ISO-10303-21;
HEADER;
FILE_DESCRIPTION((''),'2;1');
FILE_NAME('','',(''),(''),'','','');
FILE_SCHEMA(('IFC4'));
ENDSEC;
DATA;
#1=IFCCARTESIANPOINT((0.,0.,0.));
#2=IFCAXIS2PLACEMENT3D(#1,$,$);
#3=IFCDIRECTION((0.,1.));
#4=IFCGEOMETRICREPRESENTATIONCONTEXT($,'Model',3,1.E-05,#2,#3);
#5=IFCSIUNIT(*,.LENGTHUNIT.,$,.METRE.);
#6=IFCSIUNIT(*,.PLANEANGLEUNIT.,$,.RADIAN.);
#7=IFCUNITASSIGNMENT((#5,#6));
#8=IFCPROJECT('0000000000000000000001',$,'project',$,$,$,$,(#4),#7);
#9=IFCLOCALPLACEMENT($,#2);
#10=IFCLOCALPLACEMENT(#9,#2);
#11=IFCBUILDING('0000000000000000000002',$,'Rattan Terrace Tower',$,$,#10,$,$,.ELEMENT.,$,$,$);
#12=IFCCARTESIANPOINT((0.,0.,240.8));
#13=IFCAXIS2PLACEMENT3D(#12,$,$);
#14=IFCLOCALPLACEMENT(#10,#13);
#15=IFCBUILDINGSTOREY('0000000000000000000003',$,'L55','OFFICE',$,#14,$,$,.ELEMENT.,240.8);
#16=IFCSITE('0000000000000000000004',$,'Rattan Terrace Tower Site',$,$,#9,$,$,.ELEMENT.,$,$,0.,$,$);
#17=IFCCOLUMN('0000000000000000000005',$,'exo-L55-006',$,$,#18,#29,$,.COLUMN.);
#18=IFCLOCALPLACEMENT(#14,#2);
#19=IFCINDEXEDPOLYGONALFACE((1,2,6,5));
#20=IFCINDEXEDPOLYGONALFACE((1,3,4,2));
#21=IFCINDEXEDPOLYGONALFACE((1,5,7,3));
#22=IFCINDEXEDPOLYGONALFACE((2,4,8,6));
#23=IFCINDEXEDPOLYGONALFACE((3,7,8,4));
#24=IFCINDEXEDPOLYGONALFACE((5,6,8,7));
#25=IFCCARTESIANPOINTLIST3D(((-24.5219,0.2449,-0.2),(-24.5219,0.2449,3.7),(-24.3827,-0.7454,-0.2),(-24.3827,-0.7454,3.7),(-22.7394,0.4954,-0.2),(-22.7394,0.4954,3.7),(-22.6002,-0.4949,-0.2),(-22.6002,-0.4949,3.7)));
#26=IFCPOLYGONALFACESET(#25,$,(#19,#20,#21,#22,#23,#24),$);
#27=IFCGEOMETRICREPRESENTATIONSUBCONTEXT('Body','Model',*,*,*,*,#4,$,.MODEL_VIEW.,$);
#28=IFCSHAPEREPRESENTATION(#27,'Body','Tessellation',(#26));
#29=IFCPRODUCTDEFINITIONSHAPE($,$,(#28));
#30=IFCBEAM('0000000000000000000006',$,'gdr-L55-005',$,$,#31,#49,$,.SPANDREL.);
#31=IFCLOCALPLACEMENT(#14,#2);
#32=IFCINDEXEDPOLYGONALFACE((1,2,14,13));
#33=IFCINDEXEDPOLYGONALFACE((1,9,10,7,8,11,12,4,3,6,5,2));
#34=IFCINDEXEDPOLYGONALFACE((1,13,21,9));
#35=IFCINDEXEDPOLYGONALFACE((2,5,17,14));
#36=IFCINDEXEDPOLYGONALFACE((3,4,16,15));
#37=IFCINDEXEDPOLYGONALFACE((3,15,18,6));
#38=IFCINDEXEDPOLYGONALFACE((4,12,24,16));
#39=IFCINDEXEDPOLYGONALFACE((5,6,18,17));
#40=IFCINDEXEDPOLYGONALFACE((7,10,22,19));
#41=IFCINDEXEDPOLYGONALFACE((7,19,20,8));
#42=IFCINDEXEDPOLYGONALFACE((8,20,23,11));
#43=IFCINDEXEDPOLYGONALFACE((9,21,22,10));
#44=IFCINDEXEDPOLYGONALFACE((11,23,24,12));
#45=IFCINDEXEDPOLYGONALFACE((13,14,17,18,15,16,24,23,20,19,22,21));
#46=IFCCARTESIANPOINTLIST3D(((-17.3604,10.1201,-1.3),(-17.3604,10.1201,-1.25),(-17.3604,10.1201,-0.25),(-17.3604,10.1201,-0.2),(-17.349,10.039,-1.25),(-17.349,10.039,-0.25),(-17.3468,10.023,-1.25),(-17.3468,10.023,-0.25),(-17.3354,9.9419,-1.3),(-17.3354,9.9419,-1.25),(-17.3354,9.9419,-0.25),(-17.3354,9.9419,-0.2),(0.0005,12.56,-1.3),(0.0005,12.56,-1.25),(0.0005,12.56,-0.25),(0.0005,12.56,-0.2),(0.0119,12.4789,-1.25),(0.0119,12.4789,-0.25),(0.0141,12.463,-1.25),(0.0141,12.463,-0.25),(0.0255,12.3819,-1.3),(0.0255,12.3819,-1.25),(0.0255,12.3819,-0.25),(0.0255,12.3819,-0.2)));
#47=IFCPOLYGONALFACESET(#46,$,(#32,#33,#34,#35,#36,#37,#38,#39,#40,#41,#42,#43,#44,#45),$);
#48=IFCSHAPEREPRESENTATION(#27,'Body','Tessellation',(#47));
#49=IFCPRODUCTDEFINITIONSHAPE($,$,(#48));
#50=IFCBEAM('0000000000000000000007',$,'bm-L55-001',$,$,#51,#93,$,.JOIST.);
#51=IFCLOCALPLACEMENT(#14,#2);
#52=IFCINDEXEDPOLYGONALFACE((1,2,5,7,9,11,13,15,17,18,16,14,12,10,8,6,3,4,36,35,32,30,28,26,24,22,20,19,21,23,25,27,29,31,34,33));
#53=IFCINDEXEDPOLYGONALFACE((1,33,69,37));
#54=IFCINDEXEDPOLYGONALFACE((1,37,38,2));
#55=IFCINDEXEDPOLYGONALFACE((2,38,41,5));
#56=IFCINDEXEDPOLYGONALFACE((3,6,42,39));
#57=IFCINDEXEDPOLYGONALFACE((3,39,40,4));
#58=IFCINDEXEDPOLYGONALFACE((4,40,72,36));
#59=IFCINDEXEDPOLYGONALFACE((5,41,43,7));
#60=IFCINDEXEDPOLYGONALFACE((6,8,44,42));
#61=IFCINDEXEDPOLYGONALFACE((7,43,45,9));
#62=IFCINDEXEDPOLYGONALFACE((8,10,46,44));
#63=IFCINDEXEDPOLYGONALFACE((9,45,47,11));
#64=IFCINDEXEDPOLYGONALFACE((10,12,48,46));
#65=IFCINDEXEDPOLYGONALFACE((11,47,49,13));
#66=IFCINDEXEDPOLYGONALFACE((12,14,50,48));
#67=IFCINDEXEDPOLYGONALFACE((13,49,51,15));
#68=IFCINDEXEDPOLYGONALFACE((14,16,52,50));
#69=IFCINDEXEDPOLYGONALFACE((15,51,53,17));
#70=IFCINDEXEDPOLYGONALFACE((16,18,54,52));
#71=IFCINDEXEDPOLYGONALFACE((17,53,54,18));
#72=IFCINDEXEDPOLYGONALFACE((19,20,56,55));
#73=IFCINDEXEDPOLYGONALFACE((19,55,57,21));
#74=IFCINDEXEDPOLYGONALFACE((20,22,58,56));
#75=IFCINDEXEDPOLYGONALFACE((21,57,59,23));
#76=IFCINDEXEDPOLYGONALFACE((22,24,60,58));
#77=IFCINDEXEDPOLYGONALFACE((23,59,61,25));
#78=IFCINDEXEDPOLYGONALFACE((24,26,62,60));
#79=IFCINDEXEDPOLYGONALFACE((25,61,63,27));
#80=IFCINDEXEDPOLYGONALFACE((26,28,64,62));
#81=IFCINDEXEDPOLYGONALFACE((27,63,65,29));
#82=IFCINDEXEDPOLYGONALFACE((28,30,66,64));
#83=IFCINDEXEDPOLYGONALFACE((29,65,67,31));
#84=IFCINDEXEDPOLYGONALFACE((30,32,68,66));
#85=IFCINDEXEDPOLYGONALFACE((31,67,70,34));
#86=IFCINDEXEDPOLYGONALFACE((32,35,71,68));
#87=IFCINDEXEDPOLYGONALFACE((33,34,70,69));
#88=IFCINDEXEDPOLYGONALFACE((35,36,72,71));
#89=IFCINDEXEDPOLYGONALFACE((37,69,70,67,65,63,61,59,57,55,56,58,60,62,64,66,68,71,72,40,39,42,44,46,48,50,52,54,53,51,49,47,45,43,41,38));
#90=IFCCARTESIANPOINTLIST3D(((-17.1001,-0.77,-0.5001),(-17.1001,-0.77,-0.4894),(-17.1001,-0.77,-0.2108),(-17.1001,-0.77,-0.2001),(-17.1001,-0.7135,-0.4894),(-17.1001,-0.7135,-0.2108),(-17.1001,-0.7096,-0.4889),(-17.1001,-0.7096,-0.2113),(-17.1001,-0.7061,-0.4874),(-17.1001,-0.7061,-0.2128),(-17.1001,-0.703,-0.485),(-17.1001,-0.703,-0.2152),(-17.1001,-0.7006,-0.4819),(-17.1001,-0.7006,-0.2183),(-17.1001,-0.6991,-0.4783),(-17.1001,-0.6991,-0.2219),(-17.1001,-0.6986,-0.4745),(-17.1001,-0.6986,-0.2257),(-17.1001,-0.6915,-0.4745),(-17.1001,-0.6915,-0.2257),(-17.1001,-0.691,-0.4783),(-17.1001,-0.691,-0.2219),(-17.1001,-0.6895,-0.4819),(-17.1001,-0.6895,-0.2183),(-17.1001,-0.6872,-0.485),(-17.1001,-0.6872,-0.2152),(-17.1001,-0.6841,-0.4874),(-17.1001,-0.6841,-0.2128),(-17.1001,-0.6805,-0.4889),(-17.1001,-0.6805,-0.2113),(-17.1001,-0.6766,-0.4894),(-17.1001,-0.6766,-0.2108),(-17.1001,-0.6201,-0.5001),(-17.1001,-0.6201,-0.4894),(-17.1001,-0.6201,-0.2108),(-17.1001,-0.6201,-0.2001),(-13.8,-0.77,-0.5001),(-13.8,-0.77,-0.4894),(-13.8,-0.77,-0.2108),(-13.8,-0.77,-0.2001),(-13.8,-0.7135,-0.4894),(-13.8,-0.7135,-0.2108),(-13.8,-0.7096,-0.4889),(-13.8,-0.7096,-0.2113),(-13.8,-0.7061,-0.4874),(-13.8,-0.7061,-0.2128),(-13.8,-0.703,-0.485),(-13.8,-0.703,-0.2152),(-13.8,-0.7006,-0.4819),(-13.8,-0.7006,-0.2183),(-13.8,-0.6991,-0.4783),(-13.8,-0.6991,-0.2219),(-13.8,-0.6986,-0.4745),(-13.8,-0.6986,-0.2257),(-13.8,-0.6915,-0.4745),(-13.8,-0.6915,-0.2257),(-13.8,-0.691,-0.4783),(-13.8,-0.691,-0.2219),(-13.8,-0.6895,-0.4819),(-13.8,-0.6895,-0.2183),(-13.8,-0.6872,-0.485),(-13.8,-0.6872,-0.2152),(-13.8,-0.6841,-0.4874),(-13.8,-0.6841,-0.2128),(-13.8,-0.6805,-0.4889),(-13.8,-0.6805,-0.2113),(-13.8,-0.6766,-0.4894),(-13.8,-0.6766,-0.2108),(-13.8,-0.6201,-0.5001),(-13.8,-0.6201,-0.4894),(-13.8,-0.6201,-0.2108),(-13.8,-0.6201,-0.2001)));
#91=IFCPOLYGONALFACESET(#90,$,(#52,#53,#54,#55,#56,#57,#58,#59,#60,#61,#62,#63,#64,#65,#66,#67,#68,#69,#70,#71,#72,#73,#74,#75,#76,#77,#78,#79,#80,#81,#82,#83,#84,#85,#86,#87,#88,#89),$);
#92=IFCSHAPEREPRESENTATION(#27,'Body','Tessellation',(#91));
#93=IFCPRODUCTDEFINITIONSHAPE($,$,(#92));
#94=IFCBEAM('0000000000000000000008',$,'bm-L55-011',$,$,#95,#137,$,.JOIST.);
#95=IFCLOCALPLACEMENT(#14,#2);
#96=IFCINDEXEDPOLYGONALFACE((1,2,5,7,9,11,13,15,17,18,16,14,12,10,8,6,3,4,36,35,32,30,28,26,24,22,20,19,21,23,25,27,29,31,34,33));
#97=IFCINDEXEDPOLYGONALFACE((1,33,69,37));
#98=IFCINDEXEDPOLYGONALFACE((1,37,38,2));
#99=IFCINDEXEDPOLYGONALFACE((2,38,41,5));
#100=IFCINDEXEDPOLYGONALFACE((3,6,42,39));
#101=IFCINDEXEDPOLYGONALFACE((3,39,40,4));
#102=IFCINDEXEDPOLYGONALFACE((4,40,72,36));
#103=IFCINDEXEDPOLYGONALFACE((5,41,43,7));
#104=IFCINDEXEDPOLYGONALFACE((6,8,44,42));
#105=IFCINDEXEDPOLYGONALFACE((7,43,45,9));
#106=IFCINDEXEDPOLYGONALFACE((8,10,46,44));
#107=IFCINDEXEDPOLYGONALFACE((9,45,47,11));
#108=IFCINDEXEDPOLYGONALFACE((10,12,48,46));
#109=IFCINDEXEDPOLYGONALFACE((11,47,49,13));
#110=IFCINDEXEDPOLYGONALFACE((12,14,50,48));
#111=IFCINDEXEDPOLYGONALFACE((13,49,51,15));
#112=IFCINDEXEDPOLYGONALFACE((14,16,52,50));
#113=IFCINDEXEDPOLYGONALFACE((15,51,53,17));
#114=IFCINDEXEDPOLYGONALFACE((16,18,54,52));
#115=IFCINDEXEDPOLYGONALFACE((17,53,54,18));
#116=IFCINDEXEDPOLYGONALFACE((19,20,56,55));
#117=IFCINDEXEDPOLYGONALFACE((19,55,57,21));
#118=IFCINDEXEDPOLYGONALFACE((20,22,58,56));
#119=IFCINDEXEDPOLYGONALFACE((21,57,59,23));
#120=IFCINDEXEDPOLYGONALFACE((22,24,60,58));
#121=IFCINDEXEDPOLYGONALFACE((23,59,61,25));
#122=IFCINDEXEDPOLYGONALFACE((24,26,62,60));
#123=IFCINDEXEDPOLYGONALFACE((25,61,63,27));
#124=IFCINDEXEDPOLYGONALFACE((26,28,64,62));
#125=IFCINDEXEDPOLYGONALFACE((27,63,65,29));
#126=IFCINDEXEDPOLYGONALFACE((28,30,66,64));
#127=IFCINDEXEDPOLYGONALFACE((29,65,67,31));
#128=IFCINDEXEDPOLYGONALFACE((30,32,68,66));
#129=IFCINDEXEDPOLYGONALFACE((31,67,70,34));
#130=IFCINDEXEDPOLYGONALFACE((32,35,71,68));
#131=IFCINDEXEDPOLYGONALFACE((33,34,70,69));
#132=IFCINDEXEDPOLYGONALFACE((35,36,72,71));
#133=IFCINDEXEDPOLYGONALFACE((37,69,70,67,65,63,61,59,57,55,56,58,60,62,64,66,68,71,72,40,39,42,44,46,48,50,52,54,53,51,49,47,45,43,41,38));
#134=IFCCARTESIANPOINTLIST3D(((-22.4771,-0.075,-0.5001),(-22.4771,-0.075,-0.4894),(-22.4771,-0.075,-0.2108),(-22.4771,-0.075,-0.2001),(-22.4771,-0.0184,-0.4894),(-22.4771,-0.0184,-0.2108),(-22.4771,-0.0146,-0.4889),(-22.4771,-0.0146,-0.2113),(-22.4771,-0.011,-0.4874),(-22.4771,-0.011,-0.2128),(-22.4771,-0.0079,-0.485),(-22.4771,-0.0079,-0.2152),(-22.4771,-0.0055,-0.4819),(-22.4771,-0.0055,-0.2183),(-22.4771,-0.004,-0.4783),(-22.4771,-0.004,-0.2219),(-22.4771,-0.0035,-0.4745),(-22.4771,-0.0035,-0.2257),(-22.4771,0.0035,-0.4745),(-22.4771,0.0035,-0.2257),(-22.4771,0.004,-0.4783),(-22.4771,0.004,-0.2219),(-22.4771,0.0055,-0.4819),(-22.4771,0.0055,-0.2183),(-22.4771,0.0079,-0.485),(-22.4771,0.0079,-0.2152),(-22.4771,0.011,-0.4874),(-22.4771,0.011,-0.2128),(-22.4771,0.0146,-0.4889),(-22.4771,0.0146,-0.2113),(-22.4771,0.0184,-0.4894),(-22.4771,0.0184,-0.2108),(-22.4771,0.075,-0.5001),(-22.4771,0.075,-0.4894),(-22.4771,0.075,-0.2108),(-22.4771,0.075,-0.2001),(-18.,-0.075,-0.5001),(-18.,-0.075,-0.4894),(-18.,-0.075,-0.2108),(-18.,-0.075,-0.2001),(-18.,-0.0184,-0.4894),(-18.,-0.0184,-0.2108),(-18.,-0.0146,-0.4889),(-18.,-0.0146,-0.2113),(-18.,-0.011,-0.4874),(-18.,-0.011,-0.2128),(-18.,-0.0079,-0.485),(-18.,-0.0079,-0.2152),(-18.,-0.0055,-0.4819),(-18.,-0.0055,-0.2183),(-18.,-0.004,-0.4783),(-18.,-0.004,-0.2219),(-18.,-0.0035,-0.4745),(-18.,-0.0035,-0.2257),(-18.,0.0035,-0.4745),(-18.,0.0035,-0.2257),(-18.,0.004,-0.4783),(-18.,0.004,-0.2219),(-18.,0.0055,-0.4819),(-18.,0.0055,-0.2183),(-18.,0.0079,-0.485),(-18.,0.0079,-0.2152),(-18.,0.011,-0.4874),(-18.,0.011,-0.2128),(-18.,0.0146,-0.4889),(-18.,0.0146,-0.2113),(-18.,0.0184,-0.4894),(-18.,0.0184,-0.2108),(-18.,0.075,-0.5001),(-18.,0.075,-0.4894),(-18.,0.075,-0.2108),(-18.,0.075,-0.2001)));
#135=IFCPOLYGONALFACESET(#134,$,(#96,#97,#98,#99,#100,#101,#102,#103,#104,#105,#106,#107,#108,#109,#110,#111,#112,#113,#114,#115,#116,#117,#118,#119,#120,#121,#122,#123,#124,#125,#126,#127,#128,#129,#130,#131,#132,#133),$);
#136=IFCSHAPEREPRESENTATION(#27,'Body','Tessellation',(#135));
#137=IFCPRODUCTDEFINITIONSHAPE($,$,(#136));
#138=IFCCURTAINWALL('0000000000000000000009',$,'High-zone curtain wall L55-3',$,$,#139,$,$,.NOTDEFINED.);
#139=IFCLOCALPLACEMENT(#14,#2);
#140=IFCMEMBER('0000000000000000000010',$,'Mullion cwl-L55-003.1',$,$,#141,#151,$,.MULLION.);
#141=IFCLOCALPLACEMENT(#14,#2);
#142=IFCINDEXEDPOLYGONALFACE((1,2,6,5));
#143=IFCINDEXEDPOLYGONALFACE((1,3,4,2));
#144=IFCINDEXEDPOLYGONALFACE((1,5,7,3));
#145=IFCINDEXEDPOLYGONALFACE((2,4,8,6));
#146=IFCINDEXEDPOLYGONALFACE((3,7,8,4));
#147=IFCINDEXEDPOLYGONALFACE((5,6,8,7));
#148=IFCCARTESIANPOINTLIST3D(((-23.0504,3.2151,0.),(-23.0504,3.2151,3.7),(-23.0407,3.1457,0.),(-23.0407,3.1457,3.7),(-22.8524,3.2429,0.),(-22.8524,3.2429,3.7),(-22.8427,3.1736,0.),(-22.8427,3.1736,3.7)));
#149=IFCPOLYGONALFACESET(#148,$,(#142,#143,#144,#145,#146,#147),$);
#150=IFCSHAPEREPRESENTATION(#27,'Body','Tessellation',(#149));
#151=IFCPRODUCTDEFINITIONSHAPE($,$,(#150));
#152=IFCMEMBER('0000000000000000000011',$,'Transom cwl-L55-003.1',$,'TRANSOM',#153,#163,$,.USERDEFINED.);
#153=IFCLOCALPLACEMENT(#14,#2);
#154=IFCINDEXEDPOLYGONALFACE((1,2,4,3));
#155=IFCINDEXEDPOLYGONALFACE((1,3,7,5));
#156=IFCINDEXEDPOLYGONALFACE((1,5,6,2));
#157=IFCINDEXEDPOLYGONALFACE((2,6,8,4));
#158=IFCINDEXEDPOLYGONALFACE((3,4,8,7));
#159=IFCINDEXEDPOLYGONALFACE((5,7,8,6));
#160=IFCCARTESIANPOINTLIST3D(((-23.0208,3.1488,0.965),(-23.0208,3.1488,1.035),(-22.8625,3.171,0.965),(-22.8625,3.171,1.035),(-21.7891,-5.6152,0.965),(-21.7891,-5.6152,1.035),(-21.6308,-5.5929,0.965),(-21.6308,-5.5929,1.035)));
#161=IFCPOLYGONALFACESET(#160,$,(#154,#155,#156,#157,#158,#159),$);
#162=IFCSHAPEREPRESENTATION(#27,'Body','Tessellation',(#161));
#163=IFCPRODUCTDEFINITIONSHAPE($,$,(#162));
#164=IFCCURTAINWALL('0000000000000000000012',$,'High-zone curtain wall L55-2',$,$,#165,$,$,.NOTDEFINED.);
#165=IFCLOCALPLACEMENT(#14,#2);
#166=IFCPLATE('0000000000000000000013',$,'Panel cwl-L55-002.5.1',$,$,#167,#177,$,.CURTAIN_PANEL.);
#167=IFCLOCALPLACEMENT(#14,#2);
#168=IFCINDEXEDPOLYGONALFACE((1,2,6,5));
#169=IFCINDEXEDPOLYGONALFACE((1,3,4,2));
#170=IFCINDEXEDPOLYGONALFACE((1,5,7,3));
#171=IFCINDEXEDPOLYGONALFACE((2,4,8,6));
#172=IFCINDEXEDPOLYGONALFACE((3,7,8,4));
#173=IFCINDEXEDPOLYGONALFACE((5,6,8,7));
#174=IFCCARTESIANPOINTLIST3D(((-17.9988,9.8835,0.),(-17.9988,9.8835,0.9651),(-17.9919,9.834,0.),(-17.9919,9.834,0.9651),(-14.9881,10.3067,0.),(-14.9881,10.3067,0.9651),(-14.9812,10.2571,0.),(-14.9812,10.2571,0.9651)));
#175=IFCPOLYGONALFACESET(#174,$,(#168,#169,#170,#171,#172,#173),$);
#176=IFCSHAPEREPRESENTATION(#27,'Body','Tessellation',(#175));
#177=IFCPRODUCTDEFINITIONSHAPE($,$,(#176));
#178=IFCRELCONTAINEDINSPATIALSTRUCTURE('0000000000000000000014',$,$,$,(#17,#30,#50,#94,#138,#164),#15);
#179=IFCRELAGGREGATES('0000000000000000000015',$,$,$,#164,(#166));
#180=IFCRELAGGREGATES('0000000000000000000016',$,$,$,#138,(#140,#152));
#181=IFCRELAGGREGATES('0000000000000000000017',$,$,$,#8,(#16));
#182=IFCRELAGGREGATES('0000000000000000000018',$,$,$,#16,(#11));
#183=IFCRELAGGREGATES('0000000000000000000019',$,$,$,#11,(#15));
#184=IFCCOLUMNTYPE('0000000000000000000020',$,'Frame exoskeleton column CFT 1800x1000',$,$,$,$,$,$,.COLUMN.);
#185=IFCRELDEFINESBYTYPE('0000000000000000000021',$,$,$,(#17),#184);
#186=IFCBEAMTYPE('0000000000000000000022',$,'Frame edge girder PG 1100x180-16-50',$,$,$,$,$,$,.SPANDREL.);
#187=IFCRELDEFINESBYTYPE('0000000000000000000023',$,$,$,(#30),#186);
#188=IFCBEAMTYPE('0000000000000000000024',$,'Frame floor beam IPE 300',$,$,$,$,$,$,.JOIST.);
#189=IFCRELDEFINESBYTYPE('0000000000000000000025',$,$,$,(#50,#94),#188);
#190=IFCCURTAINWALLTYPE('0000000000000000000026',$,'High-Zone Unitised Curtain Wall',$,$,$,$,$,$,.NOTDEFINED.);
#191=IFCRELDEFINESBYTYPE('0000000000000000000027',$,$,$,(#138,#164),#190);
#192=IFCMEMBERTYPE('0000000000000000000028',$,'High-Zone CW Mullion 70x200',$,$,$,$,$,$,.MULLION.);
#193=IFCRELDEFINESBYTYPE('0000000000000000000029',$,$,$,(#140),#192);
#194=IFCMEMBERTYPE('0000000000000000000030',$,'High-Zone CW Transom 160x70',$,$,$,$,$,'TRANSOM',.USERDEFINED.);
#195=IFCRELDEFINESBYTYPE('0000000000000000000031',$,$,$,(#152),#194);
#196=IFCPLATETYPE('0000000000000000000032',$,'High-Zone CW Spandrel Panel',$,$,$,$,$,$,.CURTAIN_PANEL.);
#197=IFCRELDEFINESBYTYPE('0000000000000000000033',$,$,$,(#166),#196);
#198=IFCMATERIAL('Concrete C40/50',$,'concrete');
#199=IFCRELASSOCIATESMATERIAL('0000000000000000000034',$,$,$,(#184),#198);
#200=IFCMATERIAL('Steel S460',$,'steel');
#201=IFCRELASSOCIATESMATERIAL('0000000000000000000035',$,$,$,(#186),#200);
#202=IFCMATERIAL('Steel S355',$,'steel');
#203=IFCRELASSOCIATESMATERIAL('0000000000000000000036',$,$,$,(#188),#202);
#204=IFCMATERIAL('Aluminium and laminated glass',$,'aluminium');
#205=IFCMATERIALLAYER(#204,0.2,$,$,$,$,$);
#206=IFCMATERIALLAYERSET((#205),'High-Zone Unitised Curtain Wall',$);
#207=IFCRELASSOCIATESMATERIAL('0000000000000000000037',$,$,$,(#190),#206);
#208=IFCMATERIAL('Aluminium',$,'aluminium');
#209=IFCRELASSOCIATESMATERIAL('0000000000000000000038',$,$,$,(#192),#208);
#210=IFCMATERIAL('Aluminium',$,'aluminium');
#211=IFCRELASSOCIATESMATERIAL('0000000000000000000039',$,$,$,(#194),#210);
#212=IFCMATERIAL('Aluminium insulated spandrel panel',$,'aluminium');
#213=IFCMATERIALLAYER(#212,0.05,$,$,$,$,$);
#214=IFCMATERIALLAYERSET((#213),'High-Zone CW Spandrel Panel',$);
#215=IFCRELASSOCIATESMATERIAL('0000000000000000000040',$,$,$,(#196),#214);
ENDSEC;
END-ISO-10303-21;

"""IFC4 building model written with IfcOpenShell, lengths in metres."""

from ifc_helpers import new_model, si_unit, direction, frame, origin, origin_2d, place, context, subcontext, project, spatial, rectangle, i_section, extrude, material, layer, layer_set, material_profile, profile_set, type_object, element, aggregate, save


model = new_model("IFC4")

# Units and contexts
model_context = context("Model", 3, precision=1e-05, world=origin(), true_north=direction((0.0, 1.0)))
body_context = subcontext(model_context, "Body", "Model", "MODEL_VIEW")
ifc_project = project(units=[si_unit("LENGTHUNIT", "METRE"), si_unit("PLANEANGLEUNIT", "RADIAN")], contexts=[model_context])

# Site, building, storey
site_placement = place(None, origin())
site = spatial("IfcSite", under=ifc_project, at=site_placement, Name="Rattan Terrace Tower Site", CompositionType="ELEMENT", RefElevation=0.0)
building_placement = place(site_placement, origin())
building = spatial("IfcBuilding", under=site, at=building_placement, Name="Rattan Terrace Tower", CompositionType="ELEMENT")
storey_placement = place(building_placement, frame((0.0, 0.0, 240.8)))
storey = spatial("IfcBuildingStorey", under=building, at=storey_placement, Name="L55", Description="OFFICE", CompositionType="ELEMENT", Elevation=240.8)

# Column
ifc_material_1 = material(Name="Concrete C40/50", Category="concrete")
ifc_material_profile_1 = material_profile(ifc_material_1, rectangle(XDim=1.0, YDim=1.8, at=origin_2d()), Name="CFT 1800x1000")
ifc_profile_set_1 = profile_set([ifc_material_profile_1], Name="Concrete C40/50")
column_type = type_object("IfcColumnType", Name="Frame exoskeleton column CFT 1800x1000", PredefinedType="COLUMN", material=ifc_profile_set_1)
column_placement = place(storey_placement, frame((-23.561, -0.125, -0.2), z_axis=(0.0, 0.0, 1.0), x_axis=(-0.13919, 0.990266, 0.0)))
element("IfcColumn", 1, at=column_placement, inside=storey, type_object=column_type, Name="exo-L55-006", PredefinedType="COLUMN", context=body_context, shape_type="SweptSolid", body=[
    extrude(rectangle(XDim=1.0, YDim=1.8, at=origin_2d()), origin(), (0.0, 0.0, 1.0), 3.8999),
])

# Beams
ifc_material_2 = material(Name="Steel S460", Category="steel")
ifc_material_profile_2 = material_profile(ifc_material_2, i_section(OverallWidth=0.1799, OverallDepth=1.1001, WebThickness=0.0161, FlangeThickness=0.05, at=origin_2d()), Name="PG 1100x180-16-50")
ifc_profile_set_2 = profile_set([ifc_material_profile_2], Name="Steel S460")
beam_type_1 = type_object("IfcBeamType", Name="Frame edge girder PG 1100x180-16-50", PredefinedType="SPANDREL", material=ifc_profile_set_2)
beam_1_placement = place(storey_placement, frame((-17.3479, 10.031, -0.75), z_axis=(0.990268, 0.139175, 0.0), x_axis=(-0.139175, 0.990268, 0.0)))
element("IfcBeam", 2, at=beam_1_placement, inside=storey, type_object=beam_type_1, Name="gdr-L55-005", PredefinedType="SPANDREL", context=body_context, shape_type="SweptSolid", body=[
    extrude(i_section(OverallWidth=0.1799, OverallDepth=1.1001, WebThickness=0.0161, FlangeThickness=0.05, at=origin_2d()), origin(), (0.0, 0.0, 1.0), 17.5315),
])
ifc_material_3 = material(Name="Steel S355", Category="steel")
ifc_material_profile_3 = material_profile(ifc_material_3, i_section(OverallWidth=0.1499, OverallDepth=0.3, WebThickness=0.0071, FlangeThickness=0.0107, FilletRadius=0.0149, at=origin_2d()), Name="IPE 300")
ifc_profile_set_3 = profile_set([ifc_material_profile_3], Name="Steel S355")
beam_type_2 = type_object("IfcBeamType", Name="Frame floor beam IPE 300", PredefinedType="JOIST", material=ifc_profile_set_3)
beam_2_placement = place(storey_placement, frame((-17.1001, -0.6951, -0.3501), z_axis=(1.0, 0.0, 0.0), x_axis=(0.0, 1.0, 0.0)))
element("IfcBeam", 3, at=beam_2_placement, inside=storey, type_object=beam_type_2, Name="bm-L55-001", PredefinedType="JOIST", context=body_context, shape_type="SweptSolid", body=[
    extrude(i_section(OverallWidth=0.1499, OverallDepth=0.3, WebThickness=0.0071, FlangeThickness=0.0107, FilletRadius=0.0149, at=origin_2d()), origin(), (0.0, 0.0, 1.0), 3.3),
])
beam_3_placement = place(storey_placement, frame((-22.4771, 0.0, -0.3501), z_axis=(1.0, 0.0, 0.0), x_axis=(0.0, 1.0, 0.0)))
element("IfcBeam", 4, at=beam_3_placement, inside=storey, type_object=beam_type_2, Name="bm-L55-011", PredefinedType="JOIST", context=body_context, shape_type="SweptSolid", body=[
    extrude(i_section(OverallWidth=0.1499, OverallDepth=0.3, WebThickness=0.0071, FlangeThickness=0.0107, FilletRadius=0.0149, at=origin_2d()), origin(), (0.0, 0.0, 1.0), 4.4771),
])

# Curtain wall, members
ifc_material_4 = material(Name="Aluminium and laminated glass", Category="aluminium")
ifc_layer_1 = layer(ifc_material_4, 0.2)
ifc_layer_set_1 = layer_set([ifc_layer_1], Name="High-Zone Unitised Curtain Wall")
curtain_wall_type = type_object("IfcCurtainWallType", Name="High-Zone Unitised Curtain Wall", PredefinedType="NOTDEFINED", material=ifc_layer_set_1)
curtain_wall_1_placement = place(storey_placement, origin())
curtain_wall_1 = element("IfcCurtainWall", 5, at=curtain_wall_1_placement, inside=storey, type_object=curtain_wall_type, Name="High-zone curtain wall L55-3", PredefinedType="NOTDEFINED")
ifc_material_5 = material(Name="Aluminium", Category="aluminium")
ifc_material_profile_4 = material_profile(ifc_material_5, rectangle(XDim=0.0701, YDim=0.2, at=origin_2d()), Name="Aluminium 70x200")
ifc_profile_set_4 = profile_set([ifc_material_profile_4], Name="Aluminium")
member_type_1 = type_object("IfcMemberType", Name="High-Zone CW Mullion 70x200", PredefinedType="MULLION", material=ifc_profile_set_4)
member_1_placement = place(storey_placement, frame((-22.9465, 3.1943, 0.0), z_axis=(0.0, 0.0, 1.0), x_axis=(0.139186, -0.990266, 0.0)))
member_1 = element("IfcMember", 6, at=member_1_placement, type_object=member_type_1, Name="Mullion cwl-L55-003.1", PredefinedType="MULLION", context=body_context, shape_type="SweptSolid", body=[
    extrude(rectangle(XDim=0.0701, YDim=0.2, at=origin_2d()), origin(), (0.0, 0.0, 1.0), 3.7),
])
ifc_material_6 = material(Name="Aluminium", Category="aluminium")
ifc_material_profile_5 = material_profile(ifc_material_6, rectangle(XDim=0.1599, YDim=0.0701, at=origin_2d()), Name="Aluminium 160x70")
ifc_profile_set_5 = profile_set([ifc_material_profile_5], Name="Aluminium")
member_type_2 = type_object("IfcMemberType", Name="High-Zone CW Transom 160x70", ElementType="TRANSOM", PredefinedType="USERDEFINED", material=ifc_profile_set_5)
member_2_placement = place(storey_placement, frame((-22.9417, 3.1599, 1.0), z_axis=(0.139173, -0.990268, 0.0), x_axis=(0.990268, 0.139173, 0.0)))
member_2 = element("IfcMember", 7, at=member_2_placement, type_object=member_type_2, Name="Transom cwl-L55-003.1", ObjectType="TRANSOM", PredefinedType="USERDEFINED", context=body_context, shape_type="SweptSolid", body=[
    extrude(rectangle(XDim=0.1599, YDim=0.0701, at=origin_2d()), origin(), (0.0, 0.0, 1.0), 8.8501),
])

# Curtain wall, plate
curtain_wall_2_placement = place(storey_placement, origin())
curtain_wall_2 = element("IfcCurtainWall", 8, at=curtain_wall_2_placement, inside=storey, type_object=curtain_wall_type, Name="High-zone curtain wall L55-2", PredefinedType="NOTDEFINED")
ifc_material_7 = material(Name="Aluminium insulated spandrel panel", Category="aluminium")
ifc_layer_2 = layer(ifc_material_7, 0.05)
ifc_layer_set_2 = layer_set([ifc_layer_2], Name="High-Zone CW Spandrel Panel")
plate_type_1 = type_object("IfcPlateType", Name="High-Zone CW Spandrel Panel", PredefinedType="CURTAIN_PANEL", material=ifc_layer_set_2)
plate_1_placement = place(storey_placement, frame((-16.49, 10.0703, 0.0), z_axis=(0.0, 0.0, 1.0), x_axis=(-0.990267, -0.139177, 0.0)))
plate_1 = element("IfcPlate", 9, at=plate_1_placement, type_object=plate_type_1, Name="Panel cwl-L55-002.5.1", PredefinedType="CURTAIN_PANEL", context=body_context, shape_type="SweptSolid", body=[
    extrude(rectangle(XDim=3.0403, YDim=0.05, at=origin_2d()), origin(), (0.0, 0.0, 1.0), 0.9651),
])
aggregate(curtain_wall_2, [plate_1])

aggregate(curtain_wall_1, [member_1, member_2])

save(model, "model.ifc")
